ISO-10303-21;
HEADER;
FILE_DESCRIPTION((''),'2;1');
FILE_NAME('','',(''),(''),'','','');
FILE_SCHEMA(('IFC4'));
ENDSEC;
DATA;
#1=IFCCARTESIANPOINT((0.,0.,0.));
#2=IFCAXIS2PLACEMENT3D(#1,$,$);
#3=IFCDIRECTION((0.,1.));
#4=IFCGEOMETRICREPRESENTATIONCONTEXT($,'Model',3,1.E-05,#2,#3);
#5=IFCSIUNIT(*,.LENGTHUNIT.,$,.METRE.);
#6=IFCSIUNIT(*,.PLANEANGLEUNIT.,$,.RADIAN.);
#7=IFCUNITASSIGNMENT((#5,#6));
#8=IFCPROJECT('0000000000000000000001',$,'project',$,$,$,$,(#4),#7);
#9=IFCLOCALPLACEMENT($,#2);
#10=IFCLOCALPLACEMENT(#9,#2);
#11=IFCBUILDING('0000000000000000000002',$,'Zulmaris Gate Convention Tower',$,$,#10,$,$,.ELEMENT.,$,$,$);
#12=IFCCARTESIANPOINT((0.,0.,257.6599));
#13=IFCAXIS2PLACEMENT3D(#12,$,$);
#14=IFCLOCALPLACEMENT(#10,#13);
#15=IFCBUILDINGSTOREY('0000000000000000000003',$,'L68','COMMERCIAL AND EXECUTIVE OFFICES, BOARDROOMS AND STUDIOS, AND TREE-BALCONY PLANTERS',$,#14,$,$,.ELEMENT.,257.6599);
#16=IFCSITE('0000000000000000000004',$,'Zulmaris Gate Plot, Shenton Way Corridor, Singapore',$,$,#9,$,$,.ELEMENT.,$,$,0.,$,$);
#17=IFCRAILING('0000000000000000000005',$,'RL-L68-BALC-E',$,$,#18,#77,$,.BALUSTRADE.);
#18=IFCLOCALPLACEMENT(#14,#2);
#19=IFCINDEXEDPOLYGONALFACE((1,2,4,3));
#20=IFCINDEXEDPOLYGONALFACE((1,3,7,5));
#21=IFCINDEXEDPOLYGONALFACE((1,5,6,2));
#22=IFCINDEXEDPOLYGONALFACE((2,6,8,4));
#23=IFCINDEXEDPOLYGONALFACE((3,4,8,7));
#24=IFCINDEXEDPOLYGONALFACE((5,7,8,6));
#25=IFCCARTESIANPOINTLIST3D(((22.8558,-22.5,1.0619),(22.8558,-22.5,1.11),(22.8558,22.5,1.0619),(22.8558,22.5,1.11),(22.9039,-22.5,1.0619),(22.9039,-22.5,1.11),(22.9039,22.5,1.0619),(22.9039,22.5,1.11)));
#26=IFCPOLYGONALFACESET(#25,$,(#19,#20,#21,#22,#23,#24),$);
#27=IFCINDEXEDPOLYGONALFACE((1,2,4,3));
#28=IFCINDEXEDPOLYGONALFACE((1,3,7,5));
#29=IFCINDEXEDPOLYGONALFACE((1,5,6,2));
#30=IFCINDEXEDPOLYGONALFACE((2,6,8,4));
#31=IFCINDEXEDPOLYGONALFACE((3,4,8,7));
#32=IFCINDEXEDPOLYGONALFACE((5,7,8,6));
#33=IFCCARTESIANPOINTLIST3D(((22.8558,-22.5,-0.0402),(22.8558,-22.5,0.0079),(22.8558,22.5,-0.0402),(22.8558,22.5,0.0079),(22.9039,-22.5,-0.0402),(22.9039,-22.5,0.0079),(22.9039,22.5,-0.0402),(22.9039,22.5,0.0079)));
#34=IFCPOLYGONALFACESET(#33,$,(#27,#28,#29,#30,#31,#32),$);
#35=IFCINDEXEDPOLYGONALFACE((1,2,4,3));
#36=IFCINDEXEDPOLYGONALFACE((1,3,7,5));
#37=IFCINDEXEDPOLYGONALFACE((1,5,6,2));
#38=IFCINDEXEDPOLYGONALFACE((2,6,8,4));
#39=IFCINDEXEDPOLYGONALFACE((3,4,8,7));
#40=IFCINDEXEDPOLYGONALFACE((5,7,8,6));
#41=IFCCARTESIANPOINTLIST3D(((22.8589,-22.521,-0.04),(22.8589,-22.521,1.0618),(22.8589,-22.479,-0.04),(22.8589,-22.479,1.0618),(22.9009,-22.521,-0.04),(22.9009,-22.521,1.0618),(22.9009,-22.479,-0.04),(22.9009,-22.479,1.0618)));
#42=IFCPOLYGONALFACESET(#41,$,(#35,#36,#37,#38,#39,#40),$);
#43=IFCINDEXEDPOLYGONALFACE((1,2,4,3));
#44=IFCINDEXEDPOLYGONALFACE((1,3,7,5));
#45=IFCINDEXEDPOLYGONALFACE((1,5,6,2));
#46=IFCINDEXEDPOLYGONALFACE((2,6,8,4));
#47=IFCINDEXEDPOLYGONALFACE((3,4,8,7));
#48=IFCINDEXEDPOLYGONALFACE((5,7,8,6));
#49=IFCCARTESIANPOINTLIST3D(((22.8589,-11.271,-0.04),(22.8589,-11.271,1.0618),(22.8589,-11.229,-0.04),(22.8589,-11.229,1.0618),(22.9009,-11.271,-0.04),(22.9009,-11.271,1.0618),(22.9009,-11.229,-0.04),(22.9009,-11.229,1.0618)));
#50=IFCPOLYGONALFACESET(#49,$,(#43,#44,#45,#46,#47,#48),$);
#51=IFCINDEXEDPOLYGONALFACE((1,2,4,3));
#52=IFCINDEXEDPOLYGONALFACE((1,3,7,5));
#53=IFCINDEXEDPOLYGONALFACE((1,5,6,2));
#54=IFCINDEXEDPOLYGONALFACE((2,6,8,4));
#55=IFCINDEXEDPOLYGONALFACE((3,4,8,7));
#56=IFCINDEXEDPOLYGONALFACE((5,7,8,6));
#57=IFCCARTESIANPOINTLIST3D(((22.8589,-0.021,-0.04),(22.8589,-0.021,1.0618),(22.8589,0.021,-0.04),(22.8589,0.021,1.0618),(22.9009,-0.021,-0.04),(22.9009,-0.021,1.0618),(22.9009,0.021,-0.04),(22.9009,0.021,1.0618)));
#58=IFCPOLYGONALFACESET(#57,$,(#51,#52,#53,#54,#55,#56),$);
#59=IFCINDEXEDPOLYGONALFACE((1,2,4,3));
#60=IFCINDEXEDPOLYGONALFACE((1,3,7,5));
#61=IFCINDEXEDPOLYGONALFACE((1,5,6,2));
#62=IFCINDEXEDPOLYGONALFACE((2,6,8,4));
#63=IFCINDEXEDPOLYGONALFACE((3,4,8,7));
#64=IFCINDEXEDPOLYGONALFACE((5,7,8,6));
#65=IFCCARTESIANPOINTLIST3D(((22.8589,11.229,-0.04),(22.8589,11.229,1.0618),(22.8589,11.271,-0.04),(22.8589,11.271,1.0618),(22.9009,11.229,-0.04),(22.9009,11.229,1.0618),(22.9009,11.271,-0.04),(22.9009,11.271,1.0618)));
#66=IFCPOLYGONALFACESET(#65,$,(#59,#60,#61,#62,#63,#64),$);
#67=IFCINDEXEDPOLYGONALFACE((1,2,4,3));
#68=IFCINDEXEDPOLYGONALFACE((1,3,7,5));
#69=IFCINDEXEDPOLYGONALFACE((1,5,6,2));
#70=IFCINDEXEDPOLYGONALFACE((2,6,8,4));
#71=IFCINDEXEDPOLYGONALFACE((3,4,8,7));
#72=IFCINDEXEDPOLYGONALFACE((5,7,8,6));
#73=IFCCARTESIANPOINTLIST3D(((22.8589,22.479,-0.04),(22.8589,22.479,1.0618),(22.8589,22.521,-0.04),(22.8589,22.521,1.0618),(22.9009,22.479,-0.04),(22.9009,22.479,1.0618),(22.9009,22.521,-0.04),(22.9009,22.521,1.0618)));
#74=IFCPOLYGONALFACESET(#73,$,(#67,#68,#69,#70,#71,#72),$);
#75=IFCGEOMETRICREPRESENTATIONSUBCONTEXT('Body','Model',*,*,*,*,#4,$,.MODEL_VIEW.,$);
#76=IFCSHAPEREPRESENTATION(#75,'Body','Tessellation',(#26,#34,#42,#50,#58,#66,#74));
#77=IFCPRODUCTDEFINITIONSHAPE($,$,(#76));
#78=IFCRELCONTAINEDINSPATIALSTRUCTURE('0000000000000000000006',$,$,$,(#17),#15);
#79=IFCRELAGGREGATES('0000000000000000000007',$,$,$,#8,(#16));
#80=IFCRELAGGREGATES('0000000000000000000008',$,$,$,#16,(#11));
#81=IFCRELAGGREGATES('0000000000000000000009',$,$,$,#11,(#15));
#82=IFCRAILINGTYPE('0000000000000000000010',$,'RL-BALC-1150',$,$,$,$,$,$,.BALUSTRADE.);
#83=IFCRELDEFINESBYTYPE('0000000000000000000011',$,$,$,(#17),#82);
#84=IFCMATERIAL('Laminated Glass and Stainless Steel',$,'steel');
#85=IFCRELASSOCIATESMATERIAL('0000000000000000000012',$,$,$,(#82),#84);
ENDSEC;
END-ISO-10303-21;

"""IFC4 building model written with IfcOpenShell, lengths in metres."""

from ifc_helpers import new_model, si_unit, direction, frame, origin, origin_2d, place, context, subcontext, project, spatial, rectangle, extrude, material, type_object, element, save


model = new_model("IFC4")

# Units and contexts
model_context = context("Model", 3, precision=1e-05, world=origin(), true_north=direction((0.0, 1.0)))
body_context = subcontext(model_context, "Body", "Model", "MODEL_VIEW")
ifc_project = project(units=[si_unit("LENGTHUNIT", "METRE"), si_unit("PLANEANGLEUNIT", "RADIAN")], contexts=[model_context])

# Site, building, storey
site_placement = place(None, origin())
site = spatial("IfcSite", under=ifc_project, at=site_placement, Name="Zulmaris Gate Plot, Shenton Way Corridor, Singapore", CompositionType="ELEMENT", RefElevation=0.0)
building_placement = place(site_placement, origin())
building = spatial("IfcBuilding", under=site, at=building_placement, Name="Zulmaris Gate Convention Tower", CompositionType="ELEMENT")
storey_placement = place(building_placement, frame((0.0, 0.0, 257.6599)))
storey = spatial("IfcBuildingStorey", under=building, at=storey_placement, Name="L68", Description="COMMERCIAL AND EXECUTIVE OFFICES, BOARDROOMS AND STUDIOS, AND TREE-BALCONY PLANTERS", CompositionType="ELEMENT", Elevation=257.6599)

# Railing
ifc_material_1 = material(Name="Laminated Glass and Stainless Steel", Category="steel")
railing_type = type_object("IfcRailingType", Name="RL-BALC-1150", PredefinedType="BALUSTRADE", material=ifc_material_1)
railing_placement = place(storey_placement, frame((22.8799, -22.5, -0.04)))
element("IfcRailing", 1, at=railing_placement, inside=storey, type_object=railing_type, Name="RL-L68-BALC-E", PredefinedType="BALUSTRADE", context=body_context, shape_type="SweptSolid", body=[
    extrude(rectangle(XDim=0.0481, YDim=0.0481, at=origin_2d()), frame((0.0, 0.0, 1.126), z_axis=(0.0, 1.0, 0.0), x_axis=(-1.0, 0.0, 0.0)), (0.0, 0.0, 1.0), 45.0),
    extrude(rectangle(XDim=0.0481, YDim=0.0481, at=origin_2d()), frame((0.0, 0.0, 0.0239), z_axis=(0.0, 1.0, 0.0), x_axis=(-1.0, 0.0, 0.0)), (0.0, 0.0, 1.0), 45.0),
    extrude(rectangle(XDim=0.042, YDim=0.042, at=origin_2d()), origin(), (0.0, 0.0, 1.0), 1.1018),
    extrude(rectangle(XDim=0.042, YDim=0.042, at=origin_2d()), frame((0.0, 11.25, 0.0)), (0.0, 0.0, 1.0), 1.1018),
    extrude(rectangle(XDim=0.042, YDim=0.042, at=origin_2d()), frame((0.0, 22.5, 0.0)), (0.0, 0.0, 1.0), 1.1018),
    extrude(rectangle(XDim=0.042, YDim=0.042, at=origin_2d()), frame((0.0, 33.75, 0.0)), (0.0, 0.0, 1.0), 1.1018),
    extrude(rectangle(XDim=0.042, YDim=0.042, at=origin_2d()), frame((0.0, 45.0, 0.0)), (0.0, 0.0, 1.0), 1.1018),
])

save(model, "model.ifc")
